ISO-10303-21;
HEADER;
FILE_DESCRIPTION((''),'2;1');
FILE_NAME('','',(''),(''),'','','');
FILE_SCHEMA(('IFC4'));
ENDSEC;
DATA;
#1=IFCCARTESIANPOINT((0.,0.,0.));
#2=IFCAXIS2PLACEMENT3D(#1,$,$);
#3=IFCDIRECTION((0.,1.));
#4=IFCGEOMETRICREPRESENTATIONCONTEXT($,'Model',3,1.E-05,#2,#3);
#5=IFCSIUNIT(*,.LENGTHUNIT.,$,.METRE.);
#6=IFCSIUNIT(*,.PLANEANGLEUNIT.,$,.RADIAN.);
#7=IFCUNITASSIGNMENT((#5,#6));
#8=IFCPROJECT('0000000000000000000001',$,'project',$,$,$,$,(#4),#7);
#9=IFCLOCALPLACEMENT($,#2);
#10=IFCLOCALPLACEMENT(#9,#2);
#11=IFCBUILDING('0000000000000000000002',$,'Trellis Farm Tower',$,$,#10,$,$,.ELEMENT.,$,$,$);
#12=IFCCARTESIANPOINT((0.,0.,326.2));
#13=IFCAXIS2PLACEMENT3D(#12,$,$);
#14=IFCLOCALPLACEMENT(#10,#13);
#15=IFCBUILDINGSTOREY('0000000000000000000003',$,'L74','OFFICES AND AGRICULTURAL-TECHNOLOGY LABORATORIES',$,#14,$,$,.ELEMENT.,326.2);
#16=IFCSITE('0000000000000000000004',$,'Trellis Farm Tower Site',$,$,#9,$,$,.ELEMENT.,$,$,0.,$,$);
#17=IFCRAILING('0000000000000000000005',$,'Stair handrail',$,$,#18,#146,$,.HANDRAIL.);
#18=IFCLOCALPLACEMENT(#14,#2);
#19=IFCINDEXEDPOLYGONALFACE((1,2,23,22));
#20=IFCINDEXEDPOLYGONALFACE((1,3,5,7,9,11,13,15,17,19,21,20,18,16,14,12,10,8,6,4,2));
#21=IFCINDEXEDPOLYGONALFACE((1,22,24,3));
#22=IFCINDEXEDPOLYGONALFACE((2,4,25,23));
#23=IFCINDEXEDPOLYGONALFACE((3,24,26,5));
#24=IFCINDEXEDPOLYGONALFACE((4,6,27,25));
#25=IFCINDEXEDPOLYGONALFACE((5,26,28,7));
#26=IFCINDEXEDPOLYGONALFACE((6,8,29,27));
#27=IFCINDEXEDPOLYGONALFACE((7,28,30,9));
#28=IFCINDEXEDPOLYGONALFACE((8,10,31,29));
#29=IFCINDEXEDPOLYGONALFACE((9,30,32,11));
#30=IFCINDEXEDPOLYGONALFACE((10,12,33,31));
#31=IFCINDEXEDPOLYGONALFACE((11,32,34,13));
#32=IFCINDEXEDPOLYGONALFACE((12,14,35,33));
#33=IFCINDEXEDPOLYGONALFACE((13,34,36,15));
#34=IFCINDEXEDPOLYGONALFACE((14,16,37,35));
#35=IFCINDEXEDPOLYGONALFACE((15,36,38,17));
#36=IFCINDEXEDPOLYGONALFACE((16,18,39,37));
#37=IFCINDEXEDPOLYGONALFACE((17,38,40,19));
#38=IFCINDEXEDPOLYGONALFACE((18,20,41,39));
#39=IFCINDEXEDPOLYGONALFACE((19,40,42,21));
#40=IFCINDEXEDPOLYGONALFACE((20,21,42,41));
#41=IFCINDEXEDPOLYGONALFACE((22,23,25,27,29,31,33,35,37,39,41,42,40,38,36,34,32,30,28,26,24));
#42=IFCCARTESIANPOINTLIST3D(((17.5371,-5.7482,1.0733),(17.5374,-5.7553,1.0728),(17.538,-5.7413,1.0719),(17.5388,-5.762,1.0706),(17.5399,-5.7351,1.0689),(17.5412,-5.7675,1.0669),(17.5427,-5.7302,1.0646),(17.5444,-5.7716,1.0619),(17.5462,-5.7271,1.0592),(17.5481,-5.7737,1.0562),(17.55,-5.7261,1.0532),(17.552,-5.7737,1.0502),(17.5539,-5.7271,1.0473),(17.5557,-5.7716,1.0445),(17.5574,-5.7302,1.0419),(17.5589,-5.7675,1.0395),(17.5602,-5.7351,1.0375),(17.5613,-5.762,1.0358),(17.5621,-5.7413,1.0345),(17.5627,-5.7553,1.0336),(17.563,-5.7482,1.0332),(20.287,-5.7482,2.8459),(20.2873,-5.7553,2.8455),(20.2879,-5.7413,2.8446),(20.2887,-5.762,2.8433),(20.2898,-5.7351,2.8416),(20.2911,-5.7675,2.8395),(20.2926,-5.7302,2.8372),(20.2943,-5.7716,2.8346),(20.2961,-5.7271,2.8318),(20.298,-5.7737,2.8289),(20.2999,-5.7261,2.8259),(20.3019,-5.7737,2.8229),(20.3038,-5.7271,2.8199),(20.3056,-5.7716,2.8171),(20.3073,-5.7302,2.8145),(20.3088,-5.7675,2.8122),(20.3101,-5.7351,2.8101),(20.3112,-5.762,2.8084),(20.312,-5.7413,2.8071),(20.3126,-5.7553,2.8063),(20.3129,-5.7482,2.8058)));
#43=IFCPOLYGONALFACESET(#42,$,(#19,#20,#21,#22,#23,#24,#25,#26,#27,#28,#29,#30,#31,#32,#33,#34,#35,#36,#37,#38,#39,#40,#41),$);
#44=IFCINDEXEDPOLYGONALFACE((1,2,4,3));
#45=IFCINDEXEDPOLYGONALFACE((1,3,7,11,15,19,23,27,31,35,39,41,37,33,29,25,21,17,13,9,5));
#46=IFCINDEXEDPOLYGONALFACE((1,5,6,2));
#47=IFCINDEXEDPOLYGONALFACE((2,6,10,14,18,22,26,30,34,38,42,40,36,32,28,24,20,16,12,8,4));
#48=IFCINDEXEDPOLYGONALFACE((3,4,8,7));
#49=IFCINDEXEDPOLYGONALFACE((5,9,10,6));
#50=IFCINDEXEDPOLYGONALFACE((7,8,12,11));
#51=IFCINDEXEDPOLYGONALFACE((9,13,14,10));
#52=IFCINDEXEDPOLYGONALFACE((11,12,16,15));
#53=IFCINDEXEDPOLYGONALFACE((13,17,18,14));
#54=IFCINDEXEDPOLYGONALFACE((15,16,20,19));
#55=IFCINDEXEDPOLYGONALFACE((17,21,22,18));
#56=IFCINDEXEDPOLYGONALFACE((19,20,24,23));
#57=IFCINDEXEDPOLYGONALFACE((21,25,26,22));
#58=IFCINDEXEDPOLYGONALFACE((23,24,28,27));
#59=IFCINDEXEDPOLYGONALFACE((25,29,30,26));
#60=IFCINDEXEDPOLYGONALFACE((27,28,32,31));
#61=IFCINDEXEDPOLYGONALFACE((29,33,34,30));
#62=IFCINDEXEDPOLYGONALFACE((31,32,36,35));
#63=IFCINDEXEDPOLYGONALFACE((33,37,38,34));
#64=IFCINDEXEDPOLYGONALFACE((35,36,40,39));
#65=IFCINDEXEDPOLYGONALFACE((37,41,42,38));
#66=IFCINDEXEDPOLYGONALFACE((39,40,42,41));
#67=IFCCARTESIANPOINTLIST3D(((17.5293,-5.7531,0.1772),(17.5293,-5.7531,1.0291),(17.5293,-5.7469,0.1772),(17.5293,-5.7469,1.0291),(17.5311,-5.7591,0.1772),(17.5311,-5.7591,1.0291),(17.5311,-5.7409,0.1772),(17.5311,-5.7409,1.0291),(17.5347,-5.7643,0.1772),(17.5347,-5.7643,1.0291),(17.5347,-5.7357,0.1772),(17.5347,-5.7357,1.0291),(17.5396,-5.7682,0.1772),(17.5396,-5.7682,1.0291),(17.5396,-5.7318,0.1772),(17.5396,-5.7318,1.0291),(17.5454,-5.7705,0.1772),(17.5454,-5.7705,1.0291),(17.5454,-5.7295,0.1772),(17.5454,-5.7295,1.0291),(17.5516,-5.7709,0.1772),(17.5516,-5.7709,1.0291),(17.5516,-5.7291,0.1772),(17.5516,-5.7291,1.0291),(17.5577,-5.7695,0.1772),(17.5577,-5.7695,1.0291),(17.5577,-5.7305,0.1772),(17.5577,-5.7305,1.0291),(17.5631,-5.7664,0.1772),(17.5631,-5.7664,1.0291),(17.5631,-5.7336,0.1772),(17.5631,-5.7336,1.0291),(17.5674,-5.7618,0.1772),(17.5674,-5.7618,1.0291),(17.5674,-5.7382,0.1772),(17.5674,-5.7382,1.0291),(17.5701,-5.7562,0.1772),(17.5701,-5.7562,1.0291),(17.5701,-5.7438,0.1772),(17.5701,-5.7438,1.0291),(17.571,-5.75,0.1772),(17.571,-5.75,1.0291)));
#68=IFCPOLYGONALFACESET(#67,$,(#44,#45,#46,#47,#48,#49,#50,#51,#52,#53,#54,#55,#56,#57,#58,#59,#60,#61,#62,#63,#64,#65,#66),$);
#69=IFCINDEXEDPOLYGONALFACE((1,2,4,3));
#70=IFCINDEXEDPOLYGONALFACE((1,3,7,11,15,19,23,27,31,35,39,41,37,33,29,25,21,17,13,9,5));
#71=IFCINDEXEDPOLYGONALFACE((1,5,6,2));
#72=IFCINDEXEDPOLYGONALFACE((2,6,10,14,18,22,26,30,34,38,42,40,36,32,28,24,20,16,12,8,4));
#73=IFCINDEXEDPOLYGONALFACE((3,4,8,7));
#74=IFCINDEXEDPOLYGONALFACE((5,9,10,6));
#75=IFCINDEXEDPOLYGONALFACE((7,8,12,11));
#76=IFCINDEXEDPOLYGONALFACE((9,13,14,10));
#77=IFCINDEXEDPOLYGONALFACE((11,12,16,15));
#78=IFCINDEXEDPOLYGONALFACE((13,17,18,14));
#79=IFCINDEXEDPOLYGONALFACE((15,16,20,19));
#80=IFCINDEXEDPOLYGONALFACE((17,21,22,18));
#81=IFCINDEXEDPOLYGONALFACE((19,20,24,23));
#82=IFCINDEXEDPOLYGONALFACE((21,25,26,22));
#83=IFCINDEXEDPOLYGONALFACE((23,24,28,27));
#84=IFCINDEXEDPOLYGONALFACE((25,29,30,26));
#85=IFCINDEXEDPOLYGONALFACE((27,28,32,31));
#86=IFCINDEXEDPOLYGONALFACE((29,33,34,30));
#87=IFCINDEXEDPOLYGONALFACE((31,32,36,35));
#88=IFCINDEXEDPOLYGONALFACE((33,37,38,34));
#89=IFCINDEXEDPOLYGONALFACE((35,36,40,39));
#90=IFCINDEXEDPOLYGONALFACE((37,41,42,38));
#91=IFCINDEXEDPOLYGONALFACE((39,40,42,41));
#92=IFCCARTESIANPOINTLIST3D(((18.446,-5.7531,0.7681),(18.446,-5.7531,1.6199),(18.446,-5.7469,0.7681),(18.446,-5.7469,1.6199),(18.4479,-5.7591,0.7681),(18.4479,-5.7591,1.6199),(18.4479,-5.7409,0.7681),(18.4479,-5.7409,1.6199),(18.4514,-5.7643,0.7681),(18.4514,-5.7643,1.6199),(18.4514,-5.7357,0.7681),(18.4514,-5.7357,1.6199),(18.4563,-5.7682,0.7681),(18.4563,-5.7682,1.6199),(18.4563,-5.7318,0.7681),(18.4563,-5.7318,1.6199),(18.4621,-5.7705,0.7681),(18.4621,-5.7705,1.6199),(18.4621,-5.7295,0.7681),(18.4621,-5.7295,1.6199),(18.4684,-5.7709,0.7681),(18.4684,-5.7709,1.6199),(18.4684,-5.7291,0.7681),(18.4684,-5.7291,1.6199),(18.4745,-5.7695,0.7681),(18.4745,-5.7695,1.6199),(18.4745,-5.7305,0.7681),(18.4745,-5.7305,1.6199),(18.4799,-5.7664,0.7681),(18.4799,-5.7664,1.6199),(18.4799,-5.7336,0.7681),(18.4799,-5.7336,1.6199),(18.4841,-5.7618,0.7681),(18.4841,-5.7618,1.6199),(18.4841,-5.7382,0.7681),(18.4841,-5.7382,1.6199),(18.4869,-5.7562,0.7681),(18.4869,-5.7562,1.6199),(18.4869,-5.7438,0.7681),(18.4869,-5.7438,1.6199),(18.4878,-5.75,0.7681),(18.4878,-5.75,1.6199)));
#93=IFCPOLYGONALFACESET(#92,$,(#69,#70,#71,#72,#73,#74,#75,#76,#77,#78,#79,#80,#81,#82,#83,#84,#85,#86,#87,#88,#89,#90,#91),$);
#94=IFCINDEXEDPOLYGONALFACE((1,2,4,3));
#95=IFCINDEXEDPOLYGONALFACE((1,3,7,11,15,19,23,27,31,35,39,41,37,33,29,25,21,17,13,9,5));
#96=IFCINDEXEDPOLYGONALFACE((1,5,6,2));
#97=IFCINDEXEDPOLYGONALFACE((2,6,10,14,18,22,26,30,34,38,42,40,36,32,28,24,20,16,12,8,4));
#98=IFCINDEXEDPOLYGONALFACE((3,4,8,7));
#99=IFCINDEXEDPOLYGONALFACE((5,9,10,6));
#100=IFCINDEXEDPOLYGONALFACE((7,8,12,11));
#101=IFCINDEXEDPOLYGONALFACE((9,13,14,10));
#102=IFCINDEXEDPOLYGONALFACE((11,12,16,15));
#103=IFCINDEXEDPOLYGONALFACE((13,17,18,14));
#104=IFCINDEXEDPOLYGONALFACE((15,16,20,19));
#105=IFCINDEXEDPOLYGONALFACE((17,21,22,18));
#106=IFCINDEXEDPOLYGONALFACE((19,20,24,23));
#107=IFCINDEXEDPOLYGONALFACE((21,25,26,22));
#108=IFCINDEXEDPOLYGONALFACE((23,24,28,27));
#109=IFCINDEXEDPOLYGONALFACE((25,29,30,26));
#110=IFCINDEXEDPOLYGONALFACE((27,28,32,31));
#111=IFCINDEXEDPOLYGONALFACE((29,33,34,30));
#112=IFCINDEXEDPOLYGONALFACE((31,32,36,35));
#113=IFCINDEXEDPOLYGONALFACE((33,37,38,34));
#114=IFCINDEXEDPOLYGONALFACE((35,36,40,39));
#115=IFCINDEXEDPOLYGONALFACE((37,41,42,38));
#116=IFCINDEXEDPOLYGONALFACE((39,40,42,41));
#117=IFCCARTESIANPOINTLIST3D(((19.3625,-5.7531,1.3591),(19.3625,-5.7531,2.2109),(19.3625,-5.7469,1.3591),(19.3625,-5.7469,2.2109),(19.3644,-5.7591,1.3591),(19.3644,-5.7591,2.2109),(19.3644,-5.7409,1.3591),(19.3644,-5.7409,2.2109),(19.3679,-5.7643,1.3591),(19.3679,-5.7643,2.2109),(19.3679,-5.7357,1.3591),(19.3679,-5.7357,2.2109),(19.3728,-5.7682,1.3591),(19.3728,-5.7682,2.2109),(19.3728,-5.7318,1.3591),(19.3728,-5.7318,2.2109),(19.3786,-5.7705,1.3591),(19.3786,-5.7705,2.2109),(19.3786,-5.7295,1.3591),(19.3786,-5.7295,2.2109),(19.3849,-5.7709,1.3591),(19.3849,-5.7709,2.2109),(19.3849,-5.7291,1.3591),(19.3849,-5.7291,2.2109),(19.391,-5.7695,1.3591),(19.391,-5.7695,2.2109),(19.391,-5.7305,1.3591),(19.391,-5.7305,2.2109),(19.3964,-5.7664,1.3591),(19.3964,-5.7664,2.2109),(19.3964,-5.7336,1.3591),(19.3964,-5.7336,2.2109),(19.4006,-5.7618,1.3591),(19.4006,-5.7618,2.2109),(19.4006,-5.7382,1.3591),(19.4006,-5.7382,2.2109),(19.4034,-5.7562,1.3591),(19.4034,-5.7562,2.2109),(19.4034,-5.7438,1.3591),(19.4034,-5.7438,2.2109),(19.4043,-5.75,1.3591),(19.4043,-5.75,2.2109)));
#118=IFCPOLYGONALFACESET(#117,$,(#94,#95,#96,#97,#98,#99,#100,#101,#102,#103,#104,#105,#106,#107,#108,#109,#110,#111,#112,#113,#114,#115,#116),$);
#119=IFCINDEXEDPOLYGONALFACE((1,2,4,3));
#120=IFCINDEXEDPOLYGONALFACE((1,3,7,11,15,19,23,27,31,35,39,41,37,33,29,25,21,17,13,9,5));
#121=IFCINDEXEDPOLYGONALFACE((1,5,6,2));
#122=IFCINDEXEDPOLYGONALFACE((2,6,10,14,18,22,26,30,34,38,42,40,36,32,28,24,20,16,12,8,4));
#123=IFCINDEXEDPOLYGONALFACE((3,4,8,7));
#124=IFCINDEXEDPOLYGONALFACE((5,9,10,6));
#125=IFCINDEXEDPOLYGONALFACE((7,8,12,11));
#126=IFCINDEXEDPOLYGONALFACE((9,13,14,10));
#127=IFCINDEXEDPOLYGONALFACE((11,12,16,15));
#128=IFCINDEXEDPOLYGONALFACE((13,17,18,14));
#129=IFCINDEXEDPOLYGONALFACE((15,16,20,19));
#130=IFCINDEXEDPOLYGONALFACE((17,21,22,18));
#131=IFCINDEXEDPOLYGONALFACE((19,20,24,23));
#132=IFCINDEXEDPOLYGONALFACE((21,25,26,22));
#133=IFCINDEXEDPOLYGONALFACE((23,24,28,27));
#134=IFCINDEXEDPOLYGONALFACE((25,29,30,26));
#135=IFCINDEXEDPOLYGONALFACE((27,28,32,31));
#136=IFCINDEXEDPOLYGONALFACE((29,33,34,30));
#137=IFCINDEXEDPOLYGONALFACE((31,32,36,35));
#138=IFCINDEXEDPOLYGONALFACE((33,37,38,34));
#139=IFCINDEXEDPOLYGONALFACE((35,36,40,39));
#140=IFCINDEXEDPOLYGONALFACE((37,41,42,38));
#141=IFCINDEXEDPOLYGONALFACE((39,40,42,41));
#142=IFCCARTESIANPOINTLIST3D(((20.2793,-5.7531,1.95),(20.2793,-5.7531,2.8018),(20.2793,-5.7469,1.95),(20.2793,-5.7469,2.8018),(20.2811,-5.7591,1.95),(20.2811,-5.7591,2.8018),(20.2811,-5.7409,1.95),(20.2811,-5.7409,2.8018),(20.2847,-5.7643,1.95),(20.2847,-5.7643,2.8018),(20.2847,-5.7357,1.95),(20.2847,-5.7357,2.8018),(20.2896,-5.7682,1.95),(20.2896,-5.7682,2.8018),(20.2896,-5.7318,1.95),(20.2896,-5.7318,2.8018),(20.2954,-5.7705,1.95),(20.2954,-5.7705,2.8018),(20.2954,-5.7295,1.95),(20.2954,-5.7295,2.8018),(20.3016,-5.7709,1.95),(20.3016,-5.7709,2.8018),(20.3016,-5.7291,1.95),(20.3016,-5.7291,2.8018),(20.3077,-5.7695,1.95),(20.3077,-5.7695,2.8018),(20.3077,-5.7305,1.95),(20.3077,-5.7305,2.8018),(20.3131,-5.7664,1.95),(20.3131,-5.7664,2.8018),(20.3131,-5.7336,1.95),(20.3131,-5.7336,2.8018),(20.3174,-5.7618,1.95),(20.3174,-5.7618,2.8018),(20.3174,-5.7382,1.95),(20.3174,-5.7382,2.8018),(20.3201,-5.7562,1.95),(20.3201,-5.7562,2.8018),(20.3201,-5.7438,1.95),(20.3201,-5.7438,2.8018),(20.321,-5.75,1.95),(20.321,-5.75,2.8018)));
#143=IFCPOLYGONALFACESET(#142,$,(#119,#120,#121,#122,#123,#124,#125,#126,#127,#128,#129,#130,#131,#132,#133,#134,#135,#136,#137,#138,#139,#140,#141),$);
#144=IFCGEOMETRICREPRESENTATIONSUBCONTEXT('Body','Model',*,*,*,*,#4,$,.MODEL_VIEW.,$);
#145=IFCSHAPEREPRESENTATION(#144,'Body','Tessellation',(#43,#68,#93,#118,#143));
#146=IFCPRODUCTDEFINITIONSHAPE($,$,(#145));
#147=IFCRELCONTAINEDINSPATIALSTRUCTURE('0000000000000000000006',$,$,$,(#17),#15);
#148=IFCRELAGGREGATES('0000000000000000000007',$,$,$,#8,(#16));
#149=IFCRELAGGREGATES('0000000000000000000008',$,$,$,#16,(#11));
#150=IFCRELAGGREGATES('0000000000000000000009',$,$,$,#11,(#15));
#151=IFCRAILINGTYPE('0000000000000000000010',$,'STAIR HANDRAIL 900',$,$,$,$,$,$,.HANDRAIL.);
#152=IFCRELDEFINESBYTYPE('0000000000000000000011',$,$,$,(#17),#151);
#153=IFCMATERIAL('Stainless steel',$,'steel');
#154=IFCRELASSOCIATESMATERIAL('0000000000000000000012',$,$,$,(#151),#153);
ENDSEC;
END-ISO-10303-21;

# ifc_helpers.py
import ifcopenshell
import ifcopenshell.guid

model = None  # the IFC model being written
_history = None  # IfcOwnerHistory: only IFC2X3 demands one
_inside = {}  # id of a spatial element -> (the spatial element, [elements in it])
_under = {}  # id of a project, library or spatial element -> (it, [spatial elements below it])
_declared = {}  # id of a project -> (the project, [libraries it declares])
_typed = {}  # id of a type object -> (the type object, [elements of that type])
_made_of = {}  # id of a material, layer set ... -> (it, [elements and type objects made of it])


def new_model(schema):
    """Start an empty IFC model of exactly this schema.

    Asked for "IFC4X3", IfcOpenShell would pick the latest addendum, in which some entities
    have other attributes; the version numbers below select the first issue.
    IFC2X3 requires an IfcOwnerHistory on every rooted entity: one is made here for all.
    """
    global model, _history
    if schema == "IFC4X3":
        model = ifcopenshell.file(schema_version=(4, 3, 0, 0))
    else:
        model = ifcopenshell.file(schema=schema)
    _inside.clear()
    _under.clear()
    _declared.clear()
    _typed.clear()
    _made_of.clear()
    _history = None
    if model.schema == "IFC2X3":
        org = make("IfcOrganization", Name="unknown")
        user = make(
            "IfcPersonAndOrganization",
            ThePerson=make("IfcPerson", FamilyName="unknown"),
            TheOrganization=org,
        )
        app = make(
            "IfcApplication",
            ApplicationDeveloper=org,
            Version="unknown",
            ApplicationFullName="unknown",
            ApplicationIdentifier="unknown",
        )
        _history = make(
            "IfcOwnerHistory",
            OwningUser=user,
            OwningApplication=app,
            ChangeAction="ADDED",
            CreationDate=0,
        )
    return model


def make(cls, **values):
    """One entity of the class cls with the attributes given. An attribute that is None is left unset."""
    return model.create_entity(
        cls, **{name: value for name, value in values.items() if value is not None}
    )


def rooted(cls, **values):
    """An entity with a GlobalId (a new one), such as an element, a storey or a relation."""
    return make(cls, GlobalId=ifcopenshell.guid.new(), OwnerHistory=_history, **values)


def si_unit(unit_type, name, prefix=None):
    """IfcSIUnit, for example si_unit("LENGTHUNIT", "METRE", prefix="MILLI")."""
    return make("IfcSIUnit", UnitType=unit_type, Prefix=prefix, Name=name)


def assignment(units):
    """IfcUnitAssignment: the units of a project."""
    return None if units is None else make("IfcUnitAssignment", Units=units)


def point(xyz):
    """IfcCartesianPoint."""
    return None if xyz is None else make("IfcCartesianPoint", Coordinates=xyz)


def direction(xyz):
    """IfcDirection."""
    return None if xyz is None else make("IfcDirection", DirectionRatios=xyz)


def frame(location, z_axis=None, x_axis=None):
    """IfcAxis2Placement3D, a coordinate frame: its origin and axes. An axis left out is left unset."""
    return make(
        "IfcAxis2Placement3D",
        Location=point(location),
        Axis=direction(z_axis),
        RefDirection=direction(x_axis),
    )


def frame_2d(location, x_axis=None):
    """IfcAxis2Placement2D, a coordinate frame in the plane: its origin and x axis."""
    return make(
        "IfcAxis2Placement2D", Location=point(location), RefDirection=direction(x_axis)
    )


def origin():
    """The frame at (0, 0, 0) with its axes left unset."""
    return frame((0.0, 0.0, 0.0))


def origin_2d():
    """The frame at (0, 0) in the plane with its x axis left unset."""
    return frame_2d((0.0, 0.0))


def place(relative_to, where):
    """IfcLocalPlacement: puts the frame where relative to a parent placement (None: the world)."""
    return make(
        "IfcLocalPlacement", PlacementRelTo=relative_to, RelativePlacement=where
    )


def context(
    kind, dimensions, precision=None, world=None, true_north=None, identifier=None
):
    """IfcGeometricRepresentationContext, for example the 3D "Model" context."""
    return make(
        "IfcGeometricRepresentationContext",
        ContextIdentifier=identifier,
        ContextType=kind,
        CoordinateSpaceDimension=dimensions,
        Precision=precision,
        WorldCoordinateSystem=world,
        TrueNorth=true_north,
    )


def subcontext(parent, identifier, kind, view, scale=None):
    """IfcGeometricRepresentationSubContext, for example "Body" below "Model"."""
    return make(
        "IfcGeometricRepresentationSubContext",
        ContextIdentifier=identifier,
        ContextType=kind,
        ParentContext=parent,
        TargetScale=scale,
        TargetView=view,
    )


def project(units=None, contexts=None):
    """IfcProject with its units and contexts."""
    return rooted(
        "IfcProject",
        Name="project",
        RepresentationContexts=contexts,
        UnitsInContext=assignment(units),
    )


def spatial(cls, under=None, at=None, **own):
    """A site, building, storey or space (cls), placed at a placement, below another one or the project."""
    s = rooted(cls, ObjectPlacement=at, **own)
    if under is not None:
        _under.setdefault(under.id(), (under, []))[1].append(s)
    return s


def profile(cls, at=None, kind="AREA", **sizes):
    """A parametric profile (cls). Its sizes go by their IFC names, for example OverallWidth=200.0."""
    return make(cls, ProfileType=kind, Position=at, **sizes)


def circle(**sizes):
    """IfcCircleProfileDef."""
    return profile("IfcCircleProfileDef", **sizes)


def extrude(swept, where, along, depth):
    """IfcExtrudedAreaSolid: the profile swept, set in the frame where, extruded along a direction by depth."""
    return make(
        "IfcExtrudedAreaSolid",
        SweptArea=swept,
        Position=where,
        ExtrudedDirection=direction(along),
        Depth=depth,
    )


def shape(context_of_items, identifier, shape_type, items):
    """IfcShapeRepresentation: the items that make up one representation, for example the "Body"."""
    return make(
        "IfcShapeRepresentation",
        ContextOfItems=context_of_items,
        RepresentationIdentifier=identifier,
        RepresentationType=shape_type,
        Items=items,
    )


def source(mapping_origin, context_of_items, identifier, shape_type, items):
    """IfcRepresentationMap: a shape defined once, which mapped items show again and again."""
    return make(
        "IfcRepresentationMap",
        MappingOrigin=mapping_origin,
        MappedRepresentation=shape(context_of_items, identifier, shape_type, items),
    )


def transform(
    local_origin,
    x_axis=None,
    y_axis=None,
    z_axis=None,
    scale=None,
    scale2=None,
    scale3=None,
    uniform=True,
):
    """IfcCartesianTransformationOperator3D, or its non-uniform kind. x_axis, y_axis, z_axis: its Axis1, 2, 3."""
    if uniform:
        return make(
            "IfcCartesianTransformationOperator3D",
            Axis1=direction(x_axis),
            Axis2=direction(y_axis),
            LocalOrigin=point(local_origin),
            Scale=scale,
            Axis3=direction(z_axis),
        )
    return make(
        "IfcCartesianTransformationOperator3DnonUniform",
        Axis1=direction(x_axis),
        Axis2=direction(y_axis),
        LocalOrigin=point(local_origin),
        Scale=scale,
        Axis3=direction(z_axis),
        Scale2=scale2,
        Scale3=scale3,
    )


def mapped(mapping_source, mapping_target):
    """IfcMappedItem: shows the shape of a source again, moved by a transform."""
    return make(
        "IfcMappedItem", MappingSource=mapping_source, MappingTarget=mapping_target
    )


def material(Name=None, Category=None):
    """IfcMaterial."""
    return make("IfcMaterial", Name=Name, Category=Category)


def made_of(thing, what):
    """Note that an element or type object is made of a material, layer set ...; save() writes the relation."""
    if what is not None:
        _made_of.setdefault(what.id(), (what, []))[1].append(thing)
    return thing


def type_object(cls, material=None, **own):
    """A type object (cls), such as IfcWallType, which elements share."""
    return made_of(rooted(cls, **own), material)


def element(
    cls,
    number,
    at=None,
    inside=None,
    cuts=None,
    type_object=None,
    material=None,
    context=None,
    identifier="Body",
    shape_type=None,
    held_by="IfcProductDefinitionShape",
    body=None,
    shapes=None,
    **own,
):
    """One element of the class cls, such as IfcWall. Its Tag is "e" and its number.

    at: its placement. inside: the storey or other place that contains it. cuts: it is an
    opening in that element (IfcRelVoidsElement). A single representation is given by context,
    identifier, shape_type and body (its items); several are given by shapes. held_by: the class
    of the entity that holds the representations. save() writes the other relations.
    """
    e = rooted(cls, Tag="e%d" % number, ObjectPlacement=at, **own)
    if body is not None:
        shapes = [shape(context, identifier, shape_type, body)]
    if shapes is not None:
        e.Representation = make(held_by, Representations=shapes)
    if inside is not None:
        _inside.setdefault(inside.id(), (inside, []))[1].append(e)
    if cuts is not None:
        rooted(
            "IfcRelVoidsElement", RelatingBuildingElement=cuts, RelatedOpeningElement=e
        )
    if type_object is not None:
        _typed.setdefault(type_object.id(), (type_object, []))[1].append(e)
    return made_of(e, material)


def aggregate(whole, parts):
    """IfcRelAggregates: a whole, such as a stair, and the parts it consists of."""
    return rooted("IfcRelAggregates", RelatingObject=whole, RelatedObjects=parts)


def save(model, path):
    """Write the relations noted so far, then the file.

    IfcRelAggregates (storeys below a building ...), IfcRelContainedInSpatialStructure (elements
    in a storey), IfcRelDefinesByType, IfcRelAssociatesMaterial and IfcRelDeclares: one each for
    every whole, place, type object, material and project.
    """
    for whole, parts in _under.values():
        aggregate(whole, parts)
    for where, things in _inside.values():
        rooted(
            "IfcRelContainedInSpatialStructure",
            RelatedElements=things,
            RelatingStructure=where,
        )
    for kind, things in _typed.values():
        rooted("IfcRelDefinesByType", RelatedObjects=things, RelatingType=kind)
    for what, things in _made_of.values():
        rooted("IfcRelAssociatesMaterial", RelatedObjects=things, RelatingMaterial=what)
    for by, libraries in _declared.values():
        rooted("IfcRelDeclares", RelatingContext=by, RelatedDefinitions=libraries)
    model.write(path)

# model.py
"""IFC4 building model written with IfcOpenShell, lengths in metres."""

from ifc_helpers import new_model, si_unit, direction, frame, origin, origin_2d, place, context, subcontext, project, spatial, circle, extrude, source, transform, mapped, material, type_object, element, save


model = new_model("IFC4")

# Units and contexts
model_context = context("Model", 3, precision=1e-05, world=origin(), true_north=direction((0.0, 1.0)))
body_context = subcontext(model_context, "Body", "Model", "MODEL_VIEW")
ifc_project = project(units=[si_unit("LENGTHUNIT", "METRE"), si_unit("PLANEANGLEUNIT", "RADIAN")], contexts=[model_context])

# Site, building, storey
site_placement = place(None, origin())
site = spatial("IfcSite", under=ifc_project, at=site_placement, Name="Trellis Farm Tower Site", CompositionType="ELEMENT", RefElevation=0.0)
building_placement = place(site_placement, origin())
building = spatial("IfcBuilding", under=site, at=building_placement, Name="Trellis Farm Tower", CompositionType="ELEMENT")
storey_placement = place(building_placement, frame((0.0, 0.0, 326.2)))
storey = spatial("IfcBuildingStorey", under=building, at=storey_placement, Name="L74", Description="OFFICES AND AGRICULTURAL-TECHNOLOGY LABORATORIES", CompositionType="ELEMENT", Elevation=326.2)

# Railing
ifc_material_1 = material(Name="Stainless steel", Category="steel")
railing_type = type_object("IfcRailingType", Name="STAIR HANDRAIL 900", PredefinedType="HANDRAIL", material=ifc_material_1)
shared_shape_1 = source(origin(), body_context, "Body", "SweptSolid", [
    extrude(circle(Radius=0.0239, at=origin_2d()), frame((0.0, 0.0, 0.876), z_axis=(0.840504, 0.0, 0.541806), x_axis=(0.0, 1.0, 0.0)), (0.0, 0.0, 1.0), 3.2717),
    extrude(circle(Radius=0.021, at=origin_2d()), origin(), (0.0, 0.0, 1.0), 0.8518),
    extrude(circle(Radius=0.021, at=origin_2d()), frame((0.9167, 0.0, 0.5908)), (0.0, 0.0, 1.0), 0.8518),
    extrude(circle(Radius=0.021, at=origin_2d()), frame((1.8333, 0.0, 1.1819)), (0.0, 0.0, 1.0), 0.8518),
    extrude(circle(Radius=0.021, at=origin_2d()), frame((2.75, 0.0, 1.7727)), (0.0, 0.0, 1.0), 0.8518),
])
railing_placement = place(storey_placement, frame((17.55, -5.75, 0.1772)))
element("IfcRailing", 1, at=railing_placement, inside=storey, type_object=railing_type, Name="Stair handrail", PredefinedType="HANDRAIL", context=body_context, shape_type="MappedRepresentation", body=[
    mapped(shared_shape_1, transform((0.0, 0.0, 0.0))),
])

save(model, "model.ifc")
